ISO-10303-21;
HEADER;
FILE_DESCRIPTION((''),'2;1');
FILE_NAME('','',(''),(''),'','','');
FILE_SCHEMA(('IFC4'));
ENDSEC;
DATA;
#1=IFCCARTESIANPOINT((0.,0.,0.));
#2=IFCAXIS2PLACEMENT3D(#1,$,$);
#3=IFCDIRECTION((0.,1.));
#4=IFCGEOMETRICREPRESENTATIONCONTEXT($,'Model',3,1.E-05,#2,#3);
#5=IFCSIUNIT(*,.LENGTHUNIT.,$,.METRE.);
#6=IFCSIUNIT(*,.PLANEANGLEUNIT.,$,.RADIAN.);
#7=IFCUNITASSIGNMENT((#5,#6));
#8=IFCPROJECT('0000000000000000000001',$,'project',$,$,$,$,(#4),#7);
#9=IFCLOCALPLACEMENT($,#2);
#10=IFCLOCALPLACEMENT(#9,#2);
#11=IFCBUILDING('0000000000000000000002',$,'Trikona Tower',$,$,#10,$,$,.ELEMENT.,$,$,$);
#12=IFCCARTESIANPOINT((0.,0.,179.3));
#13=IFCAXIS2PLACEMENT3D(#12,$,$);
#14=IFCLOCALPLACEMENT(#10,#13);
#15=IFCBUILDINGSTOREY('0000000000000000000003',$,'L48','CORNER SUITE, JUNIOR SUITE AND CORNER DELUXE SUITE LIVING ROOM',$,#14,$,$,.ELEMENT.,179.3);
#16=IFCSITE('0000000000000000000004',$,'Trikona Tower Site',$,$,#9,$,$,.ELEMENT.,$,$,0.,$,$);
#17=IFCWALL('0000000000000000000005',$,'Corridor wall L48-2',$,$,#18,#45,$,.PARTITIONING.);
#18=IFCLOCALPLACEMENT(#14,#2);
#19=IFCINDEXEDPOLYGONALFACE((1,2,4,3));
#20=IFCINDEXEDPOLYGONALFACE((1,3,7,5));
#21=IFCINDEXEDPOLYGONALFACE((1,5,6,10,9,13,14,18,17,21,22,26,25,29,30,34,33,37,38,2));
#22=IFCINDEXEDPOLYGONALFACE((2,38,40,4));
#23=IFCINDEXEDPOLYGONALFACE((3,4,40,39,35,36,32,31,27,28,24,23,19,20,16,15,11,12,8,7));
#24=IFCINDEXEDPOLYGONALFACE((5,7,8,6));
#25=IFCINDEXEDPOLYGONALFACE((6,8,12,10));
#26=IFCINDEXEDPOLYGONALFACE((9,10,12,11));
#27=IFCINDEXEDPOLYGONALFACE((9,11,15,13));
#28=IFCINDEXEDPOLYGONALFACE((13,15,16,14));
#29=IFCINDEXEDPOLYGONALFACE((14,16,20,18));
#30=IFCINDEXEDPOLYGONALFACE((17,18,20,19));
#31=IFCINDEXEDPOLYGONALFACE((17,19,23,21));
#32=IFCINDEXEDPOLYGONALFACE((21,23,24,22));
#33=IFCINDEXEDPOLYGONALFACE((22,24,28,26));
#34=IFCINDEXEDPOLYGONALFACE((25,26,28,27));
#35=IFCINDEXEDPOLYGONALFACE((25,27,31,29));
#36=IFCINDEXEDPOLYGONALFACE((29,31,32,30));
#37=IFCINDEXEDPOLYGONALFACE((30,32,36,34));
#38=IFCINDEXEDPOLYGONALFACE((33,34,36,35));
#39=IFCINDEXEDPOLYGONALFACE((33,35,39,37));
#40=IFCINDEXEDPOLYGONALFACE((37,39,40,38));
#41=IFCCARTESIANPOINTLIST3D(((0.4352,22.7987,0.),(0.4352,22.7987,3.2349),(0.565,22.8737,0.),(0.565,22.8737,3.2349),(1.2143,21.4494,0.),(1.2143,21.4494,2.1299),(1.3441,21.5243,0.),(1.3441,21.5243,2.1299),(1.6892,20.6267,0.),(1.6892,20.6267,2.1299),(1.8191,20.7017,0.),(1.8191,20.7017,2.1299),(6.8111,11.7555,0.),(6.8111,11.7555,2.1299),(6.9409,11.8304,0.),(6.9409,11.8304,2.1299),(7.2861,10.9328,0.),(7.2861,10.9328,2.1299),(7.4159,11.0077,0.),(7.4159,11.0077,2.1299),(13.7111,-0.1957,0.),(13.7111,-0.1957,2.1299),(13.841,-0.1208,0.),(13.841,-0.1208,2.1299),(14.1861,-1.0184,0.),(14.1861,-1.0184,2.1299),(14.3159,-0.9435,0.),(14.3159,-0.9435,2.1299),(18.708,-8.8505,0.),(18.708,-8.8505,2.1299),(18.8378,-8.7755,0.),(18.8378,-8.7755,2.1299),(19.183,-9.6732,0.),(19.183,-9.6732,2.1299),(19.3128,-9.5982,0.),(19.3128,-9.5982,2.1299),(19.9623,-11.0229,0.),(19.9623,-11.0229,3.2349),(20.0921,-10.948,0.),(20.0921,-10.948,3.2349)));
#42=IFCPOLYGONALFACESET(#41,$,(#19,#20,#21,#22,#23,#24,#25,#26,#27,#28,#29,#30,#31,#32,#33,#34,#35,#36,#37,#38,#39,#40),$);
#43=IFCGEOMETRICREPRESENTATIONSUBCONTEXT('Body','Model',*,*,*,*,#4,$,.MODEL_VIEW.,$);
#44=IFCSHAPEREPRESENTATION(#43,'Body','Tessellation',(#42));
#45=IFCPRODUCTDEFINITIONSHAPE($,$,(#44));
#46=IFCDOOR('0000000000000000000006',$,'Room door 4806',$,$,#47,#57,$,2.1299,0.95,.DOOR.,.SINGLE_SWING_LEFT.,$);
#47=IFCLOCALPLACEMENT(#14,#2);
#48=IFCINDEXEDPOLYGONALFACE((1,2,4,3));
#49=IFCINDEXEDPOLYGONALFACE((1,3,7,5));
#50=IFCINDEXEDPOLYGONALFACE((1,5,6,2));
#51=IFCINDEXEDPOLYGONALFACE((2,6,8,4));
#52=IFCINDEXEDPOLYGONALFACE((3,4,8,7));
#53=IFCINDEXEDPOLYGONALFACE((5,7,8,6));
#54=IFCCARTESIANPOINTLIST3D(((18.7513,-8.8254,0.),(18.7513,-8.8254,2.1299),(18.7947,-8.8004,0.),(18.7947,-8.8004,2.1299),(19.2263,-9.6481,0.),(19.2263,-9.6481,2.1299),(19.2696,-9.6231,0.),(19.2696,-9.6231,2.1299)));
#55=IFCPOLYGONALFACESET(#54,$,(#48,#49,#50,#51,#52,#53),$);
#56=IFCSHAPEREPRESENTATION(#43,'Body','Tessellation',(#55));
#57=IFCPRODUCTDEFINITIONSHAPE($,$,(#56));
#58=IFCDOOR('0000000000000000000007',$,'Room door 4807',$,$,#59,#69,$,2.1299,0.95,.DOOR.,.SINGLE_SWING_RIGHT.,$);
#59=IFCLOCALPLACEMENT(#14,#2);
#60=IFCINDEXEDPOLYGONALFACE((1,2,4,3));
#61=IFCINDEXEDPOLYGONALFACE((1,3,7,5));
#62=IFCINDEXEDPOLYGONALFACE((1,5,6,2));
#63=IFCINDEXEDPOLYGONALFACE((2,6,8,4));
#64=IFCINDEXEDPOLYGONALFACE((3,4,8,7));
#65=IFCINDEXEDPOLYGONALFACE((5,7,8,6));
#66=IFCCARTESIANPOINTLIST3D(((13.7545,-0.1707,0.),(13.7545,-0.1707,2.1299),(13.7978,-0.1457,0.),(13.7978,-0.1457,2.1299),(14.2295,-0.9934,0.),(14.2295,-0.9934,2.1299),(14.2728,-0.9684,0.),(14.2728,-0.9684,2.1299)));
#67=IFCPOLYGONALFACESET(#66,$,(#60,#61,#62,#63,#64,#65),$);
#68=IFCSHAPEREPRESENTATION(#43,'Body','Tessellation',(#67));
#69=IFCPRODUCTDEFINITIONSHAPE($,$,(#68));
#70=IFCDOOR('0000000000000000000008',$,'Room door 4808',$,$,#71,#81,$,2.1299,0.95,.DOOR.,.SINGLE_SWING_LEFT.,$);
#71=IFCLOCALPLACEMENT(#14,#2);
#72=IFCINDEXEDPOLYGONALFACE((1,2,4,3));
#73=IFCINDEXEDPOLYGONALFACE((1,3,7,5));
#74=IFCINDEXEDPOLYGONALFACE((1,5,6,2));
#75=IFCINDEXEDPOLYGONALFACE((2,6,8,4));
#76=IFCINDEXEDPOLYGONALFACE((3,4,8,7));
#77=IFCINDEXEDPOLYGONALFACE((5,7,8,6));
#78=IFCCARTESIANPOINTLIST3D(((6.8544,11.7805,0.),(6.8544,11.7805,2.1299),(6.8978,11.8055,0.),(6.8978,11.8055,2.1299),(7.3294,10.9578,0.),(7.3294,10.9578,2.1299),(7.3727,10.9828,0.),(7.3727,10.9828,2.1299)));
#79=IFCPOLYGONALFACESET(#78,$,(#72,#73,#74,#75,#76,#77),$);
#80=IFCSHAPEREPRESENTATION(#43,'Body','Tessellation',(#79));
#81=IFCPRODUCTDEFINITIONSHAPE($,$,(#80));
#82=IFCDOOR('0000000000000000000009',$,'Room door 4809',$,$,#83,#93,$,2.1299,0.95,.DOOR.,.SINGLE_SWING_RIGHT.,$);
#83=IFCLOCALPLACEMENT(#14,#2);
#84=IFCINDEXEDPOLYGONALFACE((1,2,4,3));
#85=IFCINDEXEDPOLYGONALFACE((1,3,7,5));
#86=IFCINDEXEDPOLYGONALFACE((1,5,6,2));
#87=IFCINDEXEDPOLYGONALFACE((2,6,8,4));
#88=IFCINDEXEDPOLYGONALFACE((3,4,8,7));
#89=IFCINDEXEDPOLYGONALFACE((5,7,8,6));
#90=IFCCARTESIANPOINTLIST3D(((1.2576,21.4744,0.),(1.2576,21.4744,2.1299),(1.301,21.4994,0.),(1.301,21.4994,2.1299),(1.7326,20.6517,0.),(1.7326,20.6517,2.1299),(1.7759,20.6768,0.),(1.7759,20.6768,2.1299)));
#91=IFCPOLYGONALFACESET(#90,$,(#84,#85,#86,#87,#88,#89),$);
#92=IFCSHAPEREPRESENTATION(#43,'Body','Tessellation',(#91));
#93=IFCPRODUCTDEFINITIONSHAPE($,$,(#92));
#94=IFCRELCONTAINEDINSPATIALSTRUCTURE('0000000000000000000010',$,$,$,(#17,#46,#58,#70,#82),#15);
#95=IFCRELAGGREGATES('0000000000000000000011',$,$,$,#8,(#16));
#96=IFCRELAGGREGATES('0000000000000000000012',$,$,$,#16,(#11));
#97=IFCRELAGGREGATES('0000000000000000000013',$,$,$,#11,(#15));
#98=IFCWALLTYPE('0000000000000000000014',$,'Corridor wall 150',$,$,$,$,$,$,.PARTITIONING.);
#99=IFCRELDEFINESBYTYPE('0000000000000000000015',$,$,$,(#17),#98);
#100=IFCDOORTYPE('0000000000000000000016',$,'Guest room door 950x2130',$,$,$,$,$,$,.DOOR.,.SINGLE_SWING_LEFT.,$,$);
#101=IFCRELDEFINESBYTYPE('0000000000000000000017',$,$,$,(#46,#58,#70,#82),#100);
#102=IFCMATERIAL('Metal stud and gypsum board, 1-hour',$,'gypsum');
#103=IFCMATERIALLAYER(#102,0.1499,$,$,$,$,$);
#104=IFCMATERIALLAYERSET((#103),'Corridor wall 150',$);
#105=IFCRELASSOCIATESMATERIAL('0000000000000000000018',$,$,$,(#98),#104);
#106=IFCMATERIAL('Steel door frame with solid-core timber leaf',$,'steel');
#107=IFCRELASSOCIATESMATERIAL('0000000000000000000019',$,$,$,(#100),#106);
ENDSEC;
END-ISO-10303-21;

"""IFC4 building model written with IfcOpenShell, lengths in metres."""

from ifc_helpers import new_model, si_unit, direction, frame, frame_2d, origin, place, context, subcontext, project, spatial, rectangle, extrude, material, layer, layer_set, type_object, element, fill, save


model = new_model("IFC4")

# Units and contexts
model_context = context("Model", 3, precision=1e-05, world=origin(), true_north=direction((0.0, 1.0)))
body_context = subcontext(model_context, "Body", "Model", "MODEL_VIEW")
ifc_project = project(units=[si_unit("LENGTHUNIT", "METRE"), si_unit("PLANEANGLEUNIT", "RADIAN")], contexts=[model_context])

# Site, building, storey
site_placement = place(None, origin())
site = spatial("IfcSite", under=ifc_project, at=site_placement, Name="Trikona Tower Site", CompositionType="ELEMENT", RefElevation=0.0)
building_placement = place(site_placement, origin())
building = spatial("IfcBuilding", under=site, at=building_placement, Name="Trikona Tower", CompositionType="ELEMENT")
storey_placement = place(building_placement, frame((0.0, 0.0, 179.3)))
storey = spatial("IfcBuildingStorey", under=building, at=storey_placement, Name="L48", Description="CORNER SUITE, JUNIOR SUITE AND CORNER DELUXE SUITE LIVING ROOM", CompositionType="ELEMENT", Elevation=179.3)

# Wall, openings, doors
ifc_material_1 = material(Name="Metal stud and gypsum board, 1-hour", Category="gypsum")
ifc_layer_1 = layer(ifc_material_1, 0.1499)
ifc_layer_set_1 = layer_set([ifc_layer_1], Name="Corridor wall 150")
wall_type_1 = type_object("IfcWallType", Name="Corridor wall 150", PredefinedType="PARTITIONING", material=ifc_layer_set_1)
wall_1_placement = place(storey_placement, frame((20.0271, -10.9854, 0.0), z_axis=(0.0, 0.0, 1.0), x_axis=(-0.500002, 0.866024, 0.0)))
wall_1 = element("IfcWall", 1, at=wall_1_placement, inside=storey, type_object=wall_type_1, Name="Corridor wall L48-2", PredefinedType="PARTITIONING", context=body_context, shape_type="SweptSolid", body=[
    extrude(rectangle(XDim=39.054, YDim=0.1499, at=frame_2d((19.5269, 0.0))), origin(), (0.0, 0.0, 1.0), 3.2349),
])
opening_1_placement = place(wall_1_placement, frame((1.5583, 0.0, 0.0)))
opening_1 = element("IfcOpeningElement", 2, at=opening_1_placement, cuts=wall_1, PredefinedType="OPENING", context=body_context, shape_type="SweptSolid", body=[
    extrude(rectangle(XDim=0.95, YDim=2.1299, at=frame_2d((0.4751, 1.0649))), frame((0.0, 0.085, 0.0), z_axis=(0.0, -1.0, 0.0), x_axis=(1.0, 0.0, 0.0)), (0.0, 0.0, 1.0), 0.1699),
])
opening_2_placement = place(wall_1_placement, frame((11.552, 0.0, 0.0)))
opening_2 = element("IfcOpeningElement", 3, at=opening_2_placement, cuts=wall_1, PredefinedType="OPENING", context=body_context, shape_type="SweptSolid", body=[
    extrude(rectangle(XDim=0.95, YDim=2.1299, at=frame_2d((0.4751, 1.0649))), frame((0.0, 0.085, 0.0), z_axis=(0.0, -1.0, 0.0), x_axis=(1.0, 0.0, 0.0)), (0.0, 0.0, 1.0), 0.1699),
])
opening_3_placement = place(wall_1_placement, frame((25.3521, 0.0, 0.0)))
opening_3 = element("IfcOpeningElement", 4, at=opening_3_placement, cuts=wall_1, PredefinedType="OPENING", context=body_context, shape_type="SweptSolid", body=[
    extrude(rectangle(XDim=0.95, YDim=2.1299, at=frame_2d((0.4751, 1.0649))), frame((0.0, 0.085, 0.0), z_axis=(0.0, -1.0, 0.0), x_axis=(1.0, 0.0, 0.0)), (0.0, 0.0, 1.0), 0.1699),
])
opening_4_placement = place(wall_1_placement, frame((36.5457, 0.0, 0.0)))
opening_4 = element("IfcOpeningElement", 5, at=opening_4_placement, cuts=wall_1, PredefinedType="OPENING", context=body_context, shape_type="SweptSolid", body=[
    extrude(rectangle(XDim=0.95, YDim=2.1299, at=frame_2d((0.4751, 1.0649))), frame((0.0, 0.085, 0.0), z_axis=(0.0, -1.0, 0.0), x_axis=(1.0, 0.0, 0.0)), (0.0, 0.0, 1.0), 0.1699),
])
ifc_material_2 = material(Name="Steel door frame with solid-core timber leaf", Category="steel")
door_type = type_object("IfcDoorType", Name="Guest room door 950x2130", OperationType="SINGLE_SWING_LEFT", PredefinedType="DOOR", material=ifc_material_2)
door_1_placement = place(opening_1_placement, origin())
door_1 = element("IfcDoor", 6, at=door_1_placement, inside=storey, type_object=door_type, Name="Room door 4806", OperationType="SINGLE_SWING_LEFT", OverallHeight=2.1299, OverallWidth=0.95, PredefinedType="DOOR", context=body_context, shape_type="SweptSolid", body=[
    extrude(rectangle(XDim=0.95, YDim=2.1299, at=frame_2d((0.4751, 1.0649))), frame((0.0, 0.0249, 0.0), z_axis=(0.0, -1.0, 0.0), x_axis=(1.0, 0.0, 0.0)), (0.0, 0.0, 1.0), 0.05),
])
fill(opening_1, door_1)
door_2_placement = place(opening_2_placement, origin())
door_2 = element("IfcDoor", 7, at=door_2_placement, inside=storey, type_object=door_type, Name="Room door 4807", OperationType="SINGLE_SWING_RIGHT", OverallHeight=2.1299, OverallWidth=0.95, PredefinedType="DOOR", context=body_context, shape_type="SweptSolid", body=[
    extrude(rectangle(XDim=0.95, YDim=2.1299, at=frame_2d((0.4751, 1.0649))), frame((0.0, 0.0249, 0.0), z_axis=(0.0, -1.0, 0.0), x_axis=(1.0, 0.0, 0.0)), (0.0, 0.0, 1.0), 0.05),
])
fill(opening_2, door_2)
door_3_placement = place(opening_3_placement, origin())
door_3 = element("IfcDoor", 8, at=door_3_placement, inside=storey, type_object=door_type, Name="Room door 4808", OperationType="SINGLE_SWING_LEFT", OverallHeight=2.1299, OverallWidth=0.95, PredefinedType="DOOR", context=body_context, shape_type="SweptSolid", body=[
    extrude(rectangle(XDim=0.95, YDim=2.1299, at=frame_2d((0.4751, 1.0649))), frame((0.0, 0.0249, 0.0), z_axis=(0.0, -1.0, 0.0), x_axis=(1.0, 0.0, 0.0)), (0.0, 0.0, 1.0), 0.05),
])
fill(opening_3, door_3)
door_4_placement = place(opening_4_placement, origin())
door_4 = element("IfcDoor", 9, at=door_4_placement, inside=storey, type_object=door_type, Name="Room door 4809", OperationType="SINGLE_SWING_RIGHT", OverallHeight=2.1299, OverallWidth=0.95, PredefinedType="DOOR", context=body_context, shape_type="SweptSolid", body=[
    extrude(rectangle(XDim=0.95, YDim=2.1299, at=frame_2d((0.4751, 1.0649))), frame((0.0, 0.0249, 0.0), z_axis=(0.0, -1.0, 0.0), x_axis=(1.0, 0.0, 0.0)), (0.0, 0.0, 1.0), 0.05),
])
fill(opening_4, door_4)

save(model, "model.ifc")
